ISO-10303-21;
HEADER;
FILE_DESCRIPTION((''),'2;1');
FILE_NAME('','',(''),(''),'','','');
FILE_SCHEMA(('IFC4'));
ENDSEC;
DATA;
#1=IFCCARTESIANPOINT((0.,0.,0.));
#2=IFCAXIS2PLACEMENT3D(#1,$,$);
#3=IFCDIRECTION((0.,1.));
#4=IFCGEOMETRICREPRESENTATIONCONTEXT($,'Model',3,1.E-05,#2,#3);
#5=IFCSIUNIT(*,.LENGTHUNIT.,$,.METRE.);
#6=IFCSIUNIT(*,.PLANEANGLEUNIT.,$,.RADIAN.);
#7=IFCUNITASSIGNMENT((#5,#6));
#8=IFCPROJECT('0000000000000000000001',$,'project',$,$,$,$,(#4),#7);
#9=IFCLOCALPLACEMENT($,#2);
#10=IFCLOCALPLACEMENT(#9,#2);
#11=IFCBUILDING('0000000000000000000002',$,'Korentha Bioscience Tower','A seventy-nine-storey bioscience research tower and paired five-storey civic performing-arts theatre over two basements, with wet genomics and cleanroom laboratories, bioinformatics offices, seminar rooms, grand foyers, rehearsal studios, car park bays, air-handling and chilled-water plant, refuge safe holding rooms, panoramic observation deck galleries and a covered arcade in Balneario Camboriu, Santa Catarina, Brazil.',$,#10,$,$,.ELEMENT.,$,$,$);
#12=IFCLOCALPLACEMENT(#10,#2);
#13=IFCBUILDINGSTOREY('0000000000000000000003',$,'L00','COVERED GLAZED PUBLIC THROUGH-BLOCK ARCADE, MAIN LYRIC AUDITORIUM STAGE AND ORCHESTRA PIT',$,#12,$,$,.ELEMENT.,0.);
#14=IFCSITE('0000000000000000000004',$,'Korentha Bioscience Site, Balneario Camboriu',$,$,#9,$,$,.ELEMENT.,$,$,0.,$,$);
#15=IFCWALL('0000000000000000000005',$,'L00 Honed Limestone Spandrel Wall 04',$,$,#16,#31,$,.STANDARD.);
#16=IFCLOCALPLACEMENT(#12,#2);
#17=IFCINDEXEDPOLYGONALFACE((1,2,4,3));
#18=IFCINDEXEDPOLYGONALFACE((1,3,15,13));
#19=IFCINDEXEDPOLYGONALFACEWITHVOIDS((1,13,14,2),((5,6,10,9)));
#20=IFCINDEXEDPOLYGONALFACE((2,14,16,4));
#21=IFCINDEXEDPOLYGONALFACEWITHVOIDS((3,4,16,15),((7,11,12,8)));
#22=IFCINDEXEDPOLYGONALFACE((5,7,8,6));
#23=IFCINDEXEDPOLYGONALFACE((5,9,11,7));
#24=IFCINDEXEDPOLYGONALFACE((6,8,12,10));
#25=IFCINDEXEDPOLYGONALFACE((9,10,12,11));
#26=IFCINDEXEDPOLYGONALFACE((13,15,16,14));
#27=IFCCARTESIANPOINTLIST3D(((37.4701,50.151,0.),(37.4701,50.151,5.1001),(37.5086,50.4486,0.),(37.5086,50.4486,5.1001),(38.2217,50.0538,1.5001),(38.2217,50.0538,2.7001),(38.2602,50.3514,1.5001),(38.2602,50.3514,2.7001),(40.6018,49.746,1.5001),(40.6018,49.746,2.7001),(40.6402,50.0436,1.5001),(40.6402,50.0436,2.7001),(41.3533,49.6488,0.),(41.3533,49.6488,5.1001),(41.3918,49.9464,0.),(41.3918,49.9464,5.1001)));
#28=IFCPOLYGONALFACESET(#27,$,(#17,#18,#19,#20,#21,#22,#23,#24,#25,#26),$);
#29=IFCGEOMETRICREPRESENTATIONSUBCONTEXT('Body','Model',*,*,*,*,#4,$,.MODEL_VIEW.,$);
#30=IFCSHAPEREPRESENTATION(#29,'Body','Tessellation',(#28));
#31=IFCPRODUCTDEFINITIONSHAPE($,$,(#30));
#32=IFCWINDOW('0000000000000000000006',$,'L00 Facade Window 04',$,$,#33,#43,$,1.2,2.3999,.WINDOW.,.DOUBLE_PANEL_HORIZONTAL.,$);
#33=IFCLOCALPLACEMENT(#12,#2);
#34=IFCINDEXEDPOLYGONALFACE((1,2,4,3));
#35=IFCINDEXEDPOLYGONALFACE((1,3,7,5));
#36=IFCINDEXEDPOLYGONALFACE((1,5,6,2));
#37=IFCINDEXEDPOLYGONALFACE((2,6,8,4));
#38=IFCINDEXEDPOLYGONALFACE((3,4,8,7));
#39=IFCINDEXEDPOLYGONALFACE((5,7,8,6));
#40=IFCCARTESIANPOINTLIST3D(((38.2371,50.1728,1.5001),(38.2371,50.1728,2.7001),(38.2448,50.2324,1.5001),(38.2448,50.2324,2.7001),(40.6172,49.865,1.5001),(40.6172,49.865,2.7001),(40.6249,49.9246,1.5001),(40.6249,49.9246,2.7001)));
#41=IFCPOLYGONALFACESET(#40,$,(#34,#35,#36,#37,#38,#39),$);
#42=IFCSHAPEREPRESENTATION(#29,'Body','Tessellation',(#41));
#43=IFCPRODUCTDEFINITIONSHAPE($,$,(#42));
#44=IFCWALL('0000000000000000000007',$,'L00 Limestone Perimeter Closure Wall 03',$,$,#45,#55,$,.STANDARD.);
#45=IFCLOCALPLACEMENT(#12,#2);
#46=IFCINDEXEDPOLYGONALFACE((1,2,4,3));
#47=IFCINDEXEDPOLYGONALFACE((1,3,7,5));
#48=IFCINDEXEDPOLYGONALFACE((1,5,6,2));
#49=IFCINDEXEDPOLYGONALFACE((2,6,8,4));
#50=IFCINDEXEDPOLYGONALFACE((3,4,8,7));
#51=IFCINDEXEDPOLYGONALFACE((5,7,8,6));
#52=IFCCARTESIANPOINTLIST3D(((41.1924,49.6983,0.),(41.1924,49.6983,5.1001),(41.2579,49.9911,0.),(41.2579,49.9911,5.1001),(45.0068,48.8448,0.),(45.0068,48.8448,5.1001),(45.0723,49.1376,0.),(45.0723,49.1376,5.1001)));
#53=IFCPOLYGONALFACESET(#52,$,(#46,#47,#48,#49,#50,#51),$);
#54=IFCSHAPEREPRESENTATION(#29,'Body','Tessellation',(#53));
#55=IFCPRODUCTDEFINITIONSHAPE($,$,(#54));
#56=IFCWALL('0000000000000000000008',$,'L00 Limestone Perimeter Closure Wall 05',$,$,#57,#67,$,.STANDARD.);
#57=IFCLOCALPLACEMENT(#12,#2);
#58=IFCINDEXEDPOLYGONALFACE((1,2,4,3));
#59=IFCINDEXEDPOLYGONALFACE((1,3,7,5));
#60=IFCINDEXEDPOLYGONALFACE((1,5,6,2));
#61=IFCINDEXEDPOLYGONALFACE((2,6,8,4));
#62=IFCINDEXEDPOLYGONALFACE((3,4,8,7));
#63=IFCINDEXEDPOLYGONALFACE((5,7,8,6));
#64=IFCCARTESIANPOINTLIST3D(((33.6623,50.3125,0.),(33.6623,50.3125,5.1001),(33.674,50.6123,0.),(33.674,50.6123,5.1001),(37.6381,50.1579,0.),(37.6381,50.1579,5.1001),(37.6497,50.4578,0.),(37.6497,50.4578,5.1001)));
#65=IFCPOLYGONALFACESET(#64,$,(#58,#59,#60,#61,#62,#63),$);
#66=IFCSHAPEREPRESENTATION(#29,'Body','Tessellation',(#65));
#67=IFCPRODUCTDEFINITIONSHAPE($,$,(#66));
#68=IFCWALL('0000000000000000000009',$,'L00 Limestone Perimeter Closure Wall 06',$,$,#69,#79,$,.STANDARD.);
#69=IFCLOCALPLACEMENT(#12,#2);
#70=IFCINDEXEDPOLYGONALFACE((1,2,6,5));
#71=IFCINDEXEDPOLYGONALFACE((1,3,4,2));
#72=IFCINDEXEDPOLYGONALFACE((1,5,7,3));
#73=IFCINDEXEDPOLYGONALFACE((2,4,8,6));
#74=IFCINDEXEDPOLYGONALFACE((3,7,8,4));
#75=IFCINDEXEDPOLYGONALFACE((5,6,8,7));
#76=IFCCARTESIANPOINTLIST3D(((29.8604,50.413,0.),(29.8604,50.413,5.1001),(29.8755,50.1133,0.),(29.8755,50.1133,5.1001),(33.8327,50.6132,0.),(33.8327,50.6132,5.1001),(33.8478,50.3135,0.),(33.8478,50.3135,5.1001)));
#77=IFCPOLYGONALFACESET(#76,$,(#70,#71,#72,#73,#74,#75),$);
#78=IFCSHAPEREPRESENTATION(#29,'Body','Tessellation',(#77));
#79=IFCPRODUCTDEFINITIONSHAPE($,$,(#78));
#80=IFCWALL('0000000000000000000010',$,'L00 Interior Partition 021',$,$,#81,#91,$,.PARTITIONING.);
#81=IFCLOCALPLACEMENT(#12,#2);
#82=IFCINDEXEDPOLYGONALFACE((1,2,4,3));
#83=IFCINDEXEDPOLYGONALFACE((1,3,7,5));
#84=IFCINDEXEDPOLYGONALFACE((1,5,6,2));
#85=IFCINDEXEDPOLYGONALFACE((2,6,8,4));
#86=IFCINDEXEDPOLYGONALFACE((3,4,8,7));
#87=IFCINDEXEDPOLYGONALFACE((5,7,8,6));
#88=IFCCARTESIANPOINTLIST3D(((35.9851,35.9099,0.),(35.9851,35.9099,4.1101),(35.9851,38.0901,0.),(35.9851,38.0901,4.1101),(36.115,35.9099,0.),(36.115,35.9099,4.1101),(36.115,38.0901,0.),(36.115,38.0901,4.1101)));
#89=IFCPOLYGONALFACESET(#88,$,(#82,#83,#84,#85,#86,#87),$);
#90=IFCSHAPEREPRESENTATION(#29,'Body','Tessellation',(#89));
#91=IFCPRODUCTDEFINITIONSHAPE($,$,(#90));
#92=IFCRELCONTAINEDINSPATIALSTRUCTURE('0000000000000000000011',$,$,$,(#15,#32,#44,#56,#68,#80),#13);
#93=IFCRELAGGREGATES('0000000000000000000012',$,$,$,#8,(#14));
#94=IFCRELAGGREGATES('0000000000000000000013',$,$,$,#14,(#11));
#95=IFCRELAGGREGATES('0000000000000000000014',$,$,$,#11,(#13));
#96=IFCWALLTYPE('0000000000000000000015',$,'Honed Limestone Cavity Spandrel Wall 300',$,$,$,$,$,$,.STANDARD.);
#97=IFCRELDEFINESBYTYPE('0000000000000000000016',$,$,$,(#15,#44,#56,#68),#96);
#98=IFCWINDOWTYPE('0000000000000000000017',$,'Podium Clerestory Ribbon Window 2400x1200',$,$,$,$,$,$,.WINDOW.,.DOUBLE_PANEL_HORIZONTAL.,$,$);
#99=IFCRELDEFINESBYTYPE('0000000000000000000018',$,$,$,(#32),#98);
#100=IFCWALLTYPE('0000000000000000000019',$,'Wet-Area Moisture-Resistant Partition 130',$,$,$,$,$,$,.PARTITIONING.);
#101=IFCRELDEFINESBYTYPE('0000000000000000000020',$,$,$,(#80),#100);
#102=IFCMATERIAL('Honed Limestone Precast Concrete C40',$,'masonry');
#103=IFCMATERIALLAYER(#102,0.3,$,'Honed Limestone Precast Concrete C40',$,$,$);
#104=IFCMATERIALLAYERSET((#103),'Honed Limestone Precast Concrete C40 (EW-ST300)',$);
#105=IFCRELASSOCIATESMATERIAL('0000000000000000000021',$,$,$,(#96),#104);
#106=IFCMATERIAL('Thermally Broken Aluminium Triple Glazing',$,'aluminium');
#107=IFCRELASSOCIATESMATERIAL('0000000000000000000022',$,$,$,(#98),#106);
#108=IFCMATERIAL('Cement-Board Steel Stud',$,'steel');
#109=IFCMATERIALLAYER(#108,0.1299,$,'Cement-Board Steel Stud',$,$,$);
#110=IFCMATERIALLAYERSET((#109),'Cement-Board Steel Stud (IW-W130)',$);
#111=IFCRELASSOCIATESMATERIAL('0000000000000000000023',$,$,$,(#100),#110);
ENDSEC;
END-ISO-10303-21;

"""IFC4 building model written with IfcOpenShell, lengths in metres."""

from ifc_helpers import new_model, si_unit, direction, frame, frame_2d, origin, place, context, subcontext, project, spatial, rectangle, extrude, material, layer, layer_set, type_object, element, fill, save


model = new_model("IFC4")

# Units and contexts
model_context = context("Model", 3, precision=1e-05, world=origin(), true_north=direction((0.0, 1.0)))
body_context = subcontext(model_context, "Body", "Model", "MODEL_VIEW")
ifc_project = project(units=[si_unit("LENGTHUNIT", "METRE"), si_unit("PLANEANGLEUNIT", "RADIAN")], contexts=[model_context])

# Site, building, storey
site_placement = place(None, origin())
site = spatial("IfcSite", under=ifc_project, at=site_placement, Name="Korentha Bioscience Site, Balneario Camboriu", CompositionType="ELEMENT", RefElevation=0.0)
building_placement = place(site_placement, origin())
building = spatial("IfcBuilding", under=site, at=building_placement, Name="Korentha Bioscience Tower", Description="A seventy-nine-storey bioscience research tower and paired five-storey civic performing-arts theatre over two basements, with wet genomics and cleanroom laboratories, bioinformatics offices, seminar rooms, grand foyers, rehearsal studios, car park bays, air-handling and chilled-water plant, refuge safe holding rooms, panoramic observation deck galleries and a covered arcade in Balneario Camboriu, Santa Catarina, Brazil.", CompositionType="ELEMENT")
storey_placement = place(building_placement, origin())
storey = spatial("IfcBuildingStorey", under=building, at=storey_placement, Name="L00", Description="COVERED GLAZED PUBLIC THROUGH-BLOCK ARCADE, MAIN LYRIC AUDITORIUM STAGE AND ORCHESTRA PIT", CompositionType="ELEMENT", Elevation=0.0)

# Wall, opening, window
ifc_material_1 = material(Name="Honed Limestone Precast Concrete C40", Category="masonry")
ifc_layer_1 = layer(ifc_material_1, 0.3, Name="Honed Limestone Precast Concrete C40")
ifc_layer_set_1 = layer_set([ifc_layer_1], Name="Honed Limestone Precast Concrete C40 (EW-ST300)")
wall_type_1 = type_object("IfcWallType", Name="Honed Limestone Cavity Spandrel Wall 300", PredefinedType="STANDARD", material=ifc_layer_set_1)
wall_1_placement = place(storey_placement, frame((41.3726, 49.7976, 0.0), z_axis=(0.0, 0.0, 1.0), x_axis=(-0.991741, 0.128254, 0.0)))
wall_1 = element("IfcWall", 1, at=wall_1_placement, inside=storey, type_object=wall_type_1, Name="L00 Honed Limestone Spandrel Wall 04", PredefinedType="STANDARD", context=body_context, shape_type="SweptSolid", body=[
    extrude(rectangle(XDim=3.9155, YDim=0.3, at=frame_2d((1.9578, 0.0))), origin(), (0.0, 0.0, 1.0), 5.1001),
])
opening_1_placement = place(wall_1_placement, frame((0.7578, 0.0, 1.5)))
opening_1 = element("IfcOpeningElement", 2, at=opening_1_placement, cuts=wall_1, PredefinedType="OPENING", context=body_context, shape_type="SweptSolid", body=[
    extrude(rectangle(XDim=2.3999, YDim=1.2, at=frame_2d((1.2, 0.6001))), frame((0.0, 0.165, 0.0), z_axis=(0.0, -1.0, 0.0), x_axis=(1.0, 0.0, 0.0)), (0.0, 0.0, 1.0), 0.3298),
])
ifc_material_2 = material(Name="Thermally Broken Aluminium Triple Glazing", Category="aluminium")
window_type = type_object("IfcWindowType", Name="Podium Clerestory Ribbon Window 2400x1200", PartitioningType="DOUBLE_PANEL_HORIZONTAL", PredefinedType="WINDOW", material=ifc_material_2)
window_placement = place(opening_1_placement, origin())
window = element("IfcWindow", 3, at=window_placement, inside=storey, type_object=window_type, Name="L00 Facade Window 04", OverallHeight=1.2, OverallWidth=2.3999, PartitioningType="DOUBLE_PANEL_HORIZONTAL", PredefinedType="WINDOW", context=body_context, shape_type="SweptSolid", body=[
    extrude(rectangle(XDim=2.3999, YDim=1.2, at=frame_2d((1.2, 0.6001))), frame((0.0, 0.03, 0.0), z_axis=(0.0, -1.0, 0.0), x_axis=(1.0, 0.0, 0.0)), (0.0, 0.0, 1.0), 0.0601),
])
fill(opening_1, window)

# Walls
wall_2_placement = place(storey_placement, frame((45.0396, 48.9912, 0.0), z_axis=(0.0, 0.0, 1.0), x_axis=(-0.975869, 0.218359, 0.0)))
element("IfcWall", 4, at=wall_2_placement, inside=storey, type_object=wall_type_1, Name="L00 Limestone Perimeter Closure Wall 03", PredefinedType="STANDARD", context=body_context, shape_type="SweptSolid", body=[
    extrude(rectangle(XDim=3.9087, YDim=0.3, at=frame_2d((1.9543, 0.0))), origin(), (0.0, 0.0, 1.0), 5.1001),
])
wall_3_placement = place(storey_placement, frame((37.6438, 50.3079, 0.0), z_axis=(0.0, 0.0, 1.0), x_axis=(-0.999245, 0.038841, 0.0)))
element("IfcWall", 5, at=wall_3_placement, inside=storey, type_object=wall_type_1, Name="L00 Limestone Perimeter Closure Wall 05", PredefinedType="STANDARD", context=body_context, shape_type="SweptSolid", body=[
    extrude(rectangle(XDim=3.9788, YDim=0.3, at=frame_2d((1.9893, 0.0))), origin(), (0.0, 0.0, 1.0), 5.1001),
])
wall_4_placement = place(storey_placement, frame((33.8403, 50.4634, 0.0), z_axis=(0.0, 0.0, 1.0), x_axis=(-0.998732, -0.050336, 0.0)))
element("IfcWall", 6, at=wall_4_placement, inside=storey, type_object=wall_type_1, Name="L00 Limestone Perimeter Closure Wall 06", PredefinedType="STANDARD", context=body_context, shape_type="SweptSolid", body=[
    extrude(rectangle(XDim=3.9773, YDim=0.3, at=frame_2d((1.9888, 0.0))), origin(), (0.0, 0.0, 1.0), 5.1001),
])

# Shared definitions
ifc_material_3 = material(Name="Cement-Board Steel Stud", Category="steel")
ifc_layer_2 = layer(ifc_material_3, 0.1299, Name="Cement-Board Steel Stud")
ifc_layer_set_2 = layer_set([ifc_layer_2], Name="Cement-Board Steel Stud (IW-W130)")
wall_type_2 = type_object("IfcWallType", Name="Wet-Area Moisture-Resistant Partition 130", PredefinedType="PARTITIONING", material=ifc_layer_set_2)

# Wall
wall_5_placement = place(storey_placement, frame((36.05, 38.0901, 0.0), z_axis=(0.0, 0.0, 1.0), x_axis=(0.0, -1.0, 0.0)))
element("IfcWall", 7, at=wall_5_placement, inside=storey, type_object=wall_type_2, Name="L00 Interior Partition 021", PredefinedType="PARTITIONING", context=body_context, shape_type="SweptSolid", body=[
    extrude(rectangle(XDim=2.1802, YDim=0.1299, at=frame_2d((1.0901, 0.0))), origin(), (0.0, 0.0, 1.0), 4.1101),
])

save(model, "model.ifc")
